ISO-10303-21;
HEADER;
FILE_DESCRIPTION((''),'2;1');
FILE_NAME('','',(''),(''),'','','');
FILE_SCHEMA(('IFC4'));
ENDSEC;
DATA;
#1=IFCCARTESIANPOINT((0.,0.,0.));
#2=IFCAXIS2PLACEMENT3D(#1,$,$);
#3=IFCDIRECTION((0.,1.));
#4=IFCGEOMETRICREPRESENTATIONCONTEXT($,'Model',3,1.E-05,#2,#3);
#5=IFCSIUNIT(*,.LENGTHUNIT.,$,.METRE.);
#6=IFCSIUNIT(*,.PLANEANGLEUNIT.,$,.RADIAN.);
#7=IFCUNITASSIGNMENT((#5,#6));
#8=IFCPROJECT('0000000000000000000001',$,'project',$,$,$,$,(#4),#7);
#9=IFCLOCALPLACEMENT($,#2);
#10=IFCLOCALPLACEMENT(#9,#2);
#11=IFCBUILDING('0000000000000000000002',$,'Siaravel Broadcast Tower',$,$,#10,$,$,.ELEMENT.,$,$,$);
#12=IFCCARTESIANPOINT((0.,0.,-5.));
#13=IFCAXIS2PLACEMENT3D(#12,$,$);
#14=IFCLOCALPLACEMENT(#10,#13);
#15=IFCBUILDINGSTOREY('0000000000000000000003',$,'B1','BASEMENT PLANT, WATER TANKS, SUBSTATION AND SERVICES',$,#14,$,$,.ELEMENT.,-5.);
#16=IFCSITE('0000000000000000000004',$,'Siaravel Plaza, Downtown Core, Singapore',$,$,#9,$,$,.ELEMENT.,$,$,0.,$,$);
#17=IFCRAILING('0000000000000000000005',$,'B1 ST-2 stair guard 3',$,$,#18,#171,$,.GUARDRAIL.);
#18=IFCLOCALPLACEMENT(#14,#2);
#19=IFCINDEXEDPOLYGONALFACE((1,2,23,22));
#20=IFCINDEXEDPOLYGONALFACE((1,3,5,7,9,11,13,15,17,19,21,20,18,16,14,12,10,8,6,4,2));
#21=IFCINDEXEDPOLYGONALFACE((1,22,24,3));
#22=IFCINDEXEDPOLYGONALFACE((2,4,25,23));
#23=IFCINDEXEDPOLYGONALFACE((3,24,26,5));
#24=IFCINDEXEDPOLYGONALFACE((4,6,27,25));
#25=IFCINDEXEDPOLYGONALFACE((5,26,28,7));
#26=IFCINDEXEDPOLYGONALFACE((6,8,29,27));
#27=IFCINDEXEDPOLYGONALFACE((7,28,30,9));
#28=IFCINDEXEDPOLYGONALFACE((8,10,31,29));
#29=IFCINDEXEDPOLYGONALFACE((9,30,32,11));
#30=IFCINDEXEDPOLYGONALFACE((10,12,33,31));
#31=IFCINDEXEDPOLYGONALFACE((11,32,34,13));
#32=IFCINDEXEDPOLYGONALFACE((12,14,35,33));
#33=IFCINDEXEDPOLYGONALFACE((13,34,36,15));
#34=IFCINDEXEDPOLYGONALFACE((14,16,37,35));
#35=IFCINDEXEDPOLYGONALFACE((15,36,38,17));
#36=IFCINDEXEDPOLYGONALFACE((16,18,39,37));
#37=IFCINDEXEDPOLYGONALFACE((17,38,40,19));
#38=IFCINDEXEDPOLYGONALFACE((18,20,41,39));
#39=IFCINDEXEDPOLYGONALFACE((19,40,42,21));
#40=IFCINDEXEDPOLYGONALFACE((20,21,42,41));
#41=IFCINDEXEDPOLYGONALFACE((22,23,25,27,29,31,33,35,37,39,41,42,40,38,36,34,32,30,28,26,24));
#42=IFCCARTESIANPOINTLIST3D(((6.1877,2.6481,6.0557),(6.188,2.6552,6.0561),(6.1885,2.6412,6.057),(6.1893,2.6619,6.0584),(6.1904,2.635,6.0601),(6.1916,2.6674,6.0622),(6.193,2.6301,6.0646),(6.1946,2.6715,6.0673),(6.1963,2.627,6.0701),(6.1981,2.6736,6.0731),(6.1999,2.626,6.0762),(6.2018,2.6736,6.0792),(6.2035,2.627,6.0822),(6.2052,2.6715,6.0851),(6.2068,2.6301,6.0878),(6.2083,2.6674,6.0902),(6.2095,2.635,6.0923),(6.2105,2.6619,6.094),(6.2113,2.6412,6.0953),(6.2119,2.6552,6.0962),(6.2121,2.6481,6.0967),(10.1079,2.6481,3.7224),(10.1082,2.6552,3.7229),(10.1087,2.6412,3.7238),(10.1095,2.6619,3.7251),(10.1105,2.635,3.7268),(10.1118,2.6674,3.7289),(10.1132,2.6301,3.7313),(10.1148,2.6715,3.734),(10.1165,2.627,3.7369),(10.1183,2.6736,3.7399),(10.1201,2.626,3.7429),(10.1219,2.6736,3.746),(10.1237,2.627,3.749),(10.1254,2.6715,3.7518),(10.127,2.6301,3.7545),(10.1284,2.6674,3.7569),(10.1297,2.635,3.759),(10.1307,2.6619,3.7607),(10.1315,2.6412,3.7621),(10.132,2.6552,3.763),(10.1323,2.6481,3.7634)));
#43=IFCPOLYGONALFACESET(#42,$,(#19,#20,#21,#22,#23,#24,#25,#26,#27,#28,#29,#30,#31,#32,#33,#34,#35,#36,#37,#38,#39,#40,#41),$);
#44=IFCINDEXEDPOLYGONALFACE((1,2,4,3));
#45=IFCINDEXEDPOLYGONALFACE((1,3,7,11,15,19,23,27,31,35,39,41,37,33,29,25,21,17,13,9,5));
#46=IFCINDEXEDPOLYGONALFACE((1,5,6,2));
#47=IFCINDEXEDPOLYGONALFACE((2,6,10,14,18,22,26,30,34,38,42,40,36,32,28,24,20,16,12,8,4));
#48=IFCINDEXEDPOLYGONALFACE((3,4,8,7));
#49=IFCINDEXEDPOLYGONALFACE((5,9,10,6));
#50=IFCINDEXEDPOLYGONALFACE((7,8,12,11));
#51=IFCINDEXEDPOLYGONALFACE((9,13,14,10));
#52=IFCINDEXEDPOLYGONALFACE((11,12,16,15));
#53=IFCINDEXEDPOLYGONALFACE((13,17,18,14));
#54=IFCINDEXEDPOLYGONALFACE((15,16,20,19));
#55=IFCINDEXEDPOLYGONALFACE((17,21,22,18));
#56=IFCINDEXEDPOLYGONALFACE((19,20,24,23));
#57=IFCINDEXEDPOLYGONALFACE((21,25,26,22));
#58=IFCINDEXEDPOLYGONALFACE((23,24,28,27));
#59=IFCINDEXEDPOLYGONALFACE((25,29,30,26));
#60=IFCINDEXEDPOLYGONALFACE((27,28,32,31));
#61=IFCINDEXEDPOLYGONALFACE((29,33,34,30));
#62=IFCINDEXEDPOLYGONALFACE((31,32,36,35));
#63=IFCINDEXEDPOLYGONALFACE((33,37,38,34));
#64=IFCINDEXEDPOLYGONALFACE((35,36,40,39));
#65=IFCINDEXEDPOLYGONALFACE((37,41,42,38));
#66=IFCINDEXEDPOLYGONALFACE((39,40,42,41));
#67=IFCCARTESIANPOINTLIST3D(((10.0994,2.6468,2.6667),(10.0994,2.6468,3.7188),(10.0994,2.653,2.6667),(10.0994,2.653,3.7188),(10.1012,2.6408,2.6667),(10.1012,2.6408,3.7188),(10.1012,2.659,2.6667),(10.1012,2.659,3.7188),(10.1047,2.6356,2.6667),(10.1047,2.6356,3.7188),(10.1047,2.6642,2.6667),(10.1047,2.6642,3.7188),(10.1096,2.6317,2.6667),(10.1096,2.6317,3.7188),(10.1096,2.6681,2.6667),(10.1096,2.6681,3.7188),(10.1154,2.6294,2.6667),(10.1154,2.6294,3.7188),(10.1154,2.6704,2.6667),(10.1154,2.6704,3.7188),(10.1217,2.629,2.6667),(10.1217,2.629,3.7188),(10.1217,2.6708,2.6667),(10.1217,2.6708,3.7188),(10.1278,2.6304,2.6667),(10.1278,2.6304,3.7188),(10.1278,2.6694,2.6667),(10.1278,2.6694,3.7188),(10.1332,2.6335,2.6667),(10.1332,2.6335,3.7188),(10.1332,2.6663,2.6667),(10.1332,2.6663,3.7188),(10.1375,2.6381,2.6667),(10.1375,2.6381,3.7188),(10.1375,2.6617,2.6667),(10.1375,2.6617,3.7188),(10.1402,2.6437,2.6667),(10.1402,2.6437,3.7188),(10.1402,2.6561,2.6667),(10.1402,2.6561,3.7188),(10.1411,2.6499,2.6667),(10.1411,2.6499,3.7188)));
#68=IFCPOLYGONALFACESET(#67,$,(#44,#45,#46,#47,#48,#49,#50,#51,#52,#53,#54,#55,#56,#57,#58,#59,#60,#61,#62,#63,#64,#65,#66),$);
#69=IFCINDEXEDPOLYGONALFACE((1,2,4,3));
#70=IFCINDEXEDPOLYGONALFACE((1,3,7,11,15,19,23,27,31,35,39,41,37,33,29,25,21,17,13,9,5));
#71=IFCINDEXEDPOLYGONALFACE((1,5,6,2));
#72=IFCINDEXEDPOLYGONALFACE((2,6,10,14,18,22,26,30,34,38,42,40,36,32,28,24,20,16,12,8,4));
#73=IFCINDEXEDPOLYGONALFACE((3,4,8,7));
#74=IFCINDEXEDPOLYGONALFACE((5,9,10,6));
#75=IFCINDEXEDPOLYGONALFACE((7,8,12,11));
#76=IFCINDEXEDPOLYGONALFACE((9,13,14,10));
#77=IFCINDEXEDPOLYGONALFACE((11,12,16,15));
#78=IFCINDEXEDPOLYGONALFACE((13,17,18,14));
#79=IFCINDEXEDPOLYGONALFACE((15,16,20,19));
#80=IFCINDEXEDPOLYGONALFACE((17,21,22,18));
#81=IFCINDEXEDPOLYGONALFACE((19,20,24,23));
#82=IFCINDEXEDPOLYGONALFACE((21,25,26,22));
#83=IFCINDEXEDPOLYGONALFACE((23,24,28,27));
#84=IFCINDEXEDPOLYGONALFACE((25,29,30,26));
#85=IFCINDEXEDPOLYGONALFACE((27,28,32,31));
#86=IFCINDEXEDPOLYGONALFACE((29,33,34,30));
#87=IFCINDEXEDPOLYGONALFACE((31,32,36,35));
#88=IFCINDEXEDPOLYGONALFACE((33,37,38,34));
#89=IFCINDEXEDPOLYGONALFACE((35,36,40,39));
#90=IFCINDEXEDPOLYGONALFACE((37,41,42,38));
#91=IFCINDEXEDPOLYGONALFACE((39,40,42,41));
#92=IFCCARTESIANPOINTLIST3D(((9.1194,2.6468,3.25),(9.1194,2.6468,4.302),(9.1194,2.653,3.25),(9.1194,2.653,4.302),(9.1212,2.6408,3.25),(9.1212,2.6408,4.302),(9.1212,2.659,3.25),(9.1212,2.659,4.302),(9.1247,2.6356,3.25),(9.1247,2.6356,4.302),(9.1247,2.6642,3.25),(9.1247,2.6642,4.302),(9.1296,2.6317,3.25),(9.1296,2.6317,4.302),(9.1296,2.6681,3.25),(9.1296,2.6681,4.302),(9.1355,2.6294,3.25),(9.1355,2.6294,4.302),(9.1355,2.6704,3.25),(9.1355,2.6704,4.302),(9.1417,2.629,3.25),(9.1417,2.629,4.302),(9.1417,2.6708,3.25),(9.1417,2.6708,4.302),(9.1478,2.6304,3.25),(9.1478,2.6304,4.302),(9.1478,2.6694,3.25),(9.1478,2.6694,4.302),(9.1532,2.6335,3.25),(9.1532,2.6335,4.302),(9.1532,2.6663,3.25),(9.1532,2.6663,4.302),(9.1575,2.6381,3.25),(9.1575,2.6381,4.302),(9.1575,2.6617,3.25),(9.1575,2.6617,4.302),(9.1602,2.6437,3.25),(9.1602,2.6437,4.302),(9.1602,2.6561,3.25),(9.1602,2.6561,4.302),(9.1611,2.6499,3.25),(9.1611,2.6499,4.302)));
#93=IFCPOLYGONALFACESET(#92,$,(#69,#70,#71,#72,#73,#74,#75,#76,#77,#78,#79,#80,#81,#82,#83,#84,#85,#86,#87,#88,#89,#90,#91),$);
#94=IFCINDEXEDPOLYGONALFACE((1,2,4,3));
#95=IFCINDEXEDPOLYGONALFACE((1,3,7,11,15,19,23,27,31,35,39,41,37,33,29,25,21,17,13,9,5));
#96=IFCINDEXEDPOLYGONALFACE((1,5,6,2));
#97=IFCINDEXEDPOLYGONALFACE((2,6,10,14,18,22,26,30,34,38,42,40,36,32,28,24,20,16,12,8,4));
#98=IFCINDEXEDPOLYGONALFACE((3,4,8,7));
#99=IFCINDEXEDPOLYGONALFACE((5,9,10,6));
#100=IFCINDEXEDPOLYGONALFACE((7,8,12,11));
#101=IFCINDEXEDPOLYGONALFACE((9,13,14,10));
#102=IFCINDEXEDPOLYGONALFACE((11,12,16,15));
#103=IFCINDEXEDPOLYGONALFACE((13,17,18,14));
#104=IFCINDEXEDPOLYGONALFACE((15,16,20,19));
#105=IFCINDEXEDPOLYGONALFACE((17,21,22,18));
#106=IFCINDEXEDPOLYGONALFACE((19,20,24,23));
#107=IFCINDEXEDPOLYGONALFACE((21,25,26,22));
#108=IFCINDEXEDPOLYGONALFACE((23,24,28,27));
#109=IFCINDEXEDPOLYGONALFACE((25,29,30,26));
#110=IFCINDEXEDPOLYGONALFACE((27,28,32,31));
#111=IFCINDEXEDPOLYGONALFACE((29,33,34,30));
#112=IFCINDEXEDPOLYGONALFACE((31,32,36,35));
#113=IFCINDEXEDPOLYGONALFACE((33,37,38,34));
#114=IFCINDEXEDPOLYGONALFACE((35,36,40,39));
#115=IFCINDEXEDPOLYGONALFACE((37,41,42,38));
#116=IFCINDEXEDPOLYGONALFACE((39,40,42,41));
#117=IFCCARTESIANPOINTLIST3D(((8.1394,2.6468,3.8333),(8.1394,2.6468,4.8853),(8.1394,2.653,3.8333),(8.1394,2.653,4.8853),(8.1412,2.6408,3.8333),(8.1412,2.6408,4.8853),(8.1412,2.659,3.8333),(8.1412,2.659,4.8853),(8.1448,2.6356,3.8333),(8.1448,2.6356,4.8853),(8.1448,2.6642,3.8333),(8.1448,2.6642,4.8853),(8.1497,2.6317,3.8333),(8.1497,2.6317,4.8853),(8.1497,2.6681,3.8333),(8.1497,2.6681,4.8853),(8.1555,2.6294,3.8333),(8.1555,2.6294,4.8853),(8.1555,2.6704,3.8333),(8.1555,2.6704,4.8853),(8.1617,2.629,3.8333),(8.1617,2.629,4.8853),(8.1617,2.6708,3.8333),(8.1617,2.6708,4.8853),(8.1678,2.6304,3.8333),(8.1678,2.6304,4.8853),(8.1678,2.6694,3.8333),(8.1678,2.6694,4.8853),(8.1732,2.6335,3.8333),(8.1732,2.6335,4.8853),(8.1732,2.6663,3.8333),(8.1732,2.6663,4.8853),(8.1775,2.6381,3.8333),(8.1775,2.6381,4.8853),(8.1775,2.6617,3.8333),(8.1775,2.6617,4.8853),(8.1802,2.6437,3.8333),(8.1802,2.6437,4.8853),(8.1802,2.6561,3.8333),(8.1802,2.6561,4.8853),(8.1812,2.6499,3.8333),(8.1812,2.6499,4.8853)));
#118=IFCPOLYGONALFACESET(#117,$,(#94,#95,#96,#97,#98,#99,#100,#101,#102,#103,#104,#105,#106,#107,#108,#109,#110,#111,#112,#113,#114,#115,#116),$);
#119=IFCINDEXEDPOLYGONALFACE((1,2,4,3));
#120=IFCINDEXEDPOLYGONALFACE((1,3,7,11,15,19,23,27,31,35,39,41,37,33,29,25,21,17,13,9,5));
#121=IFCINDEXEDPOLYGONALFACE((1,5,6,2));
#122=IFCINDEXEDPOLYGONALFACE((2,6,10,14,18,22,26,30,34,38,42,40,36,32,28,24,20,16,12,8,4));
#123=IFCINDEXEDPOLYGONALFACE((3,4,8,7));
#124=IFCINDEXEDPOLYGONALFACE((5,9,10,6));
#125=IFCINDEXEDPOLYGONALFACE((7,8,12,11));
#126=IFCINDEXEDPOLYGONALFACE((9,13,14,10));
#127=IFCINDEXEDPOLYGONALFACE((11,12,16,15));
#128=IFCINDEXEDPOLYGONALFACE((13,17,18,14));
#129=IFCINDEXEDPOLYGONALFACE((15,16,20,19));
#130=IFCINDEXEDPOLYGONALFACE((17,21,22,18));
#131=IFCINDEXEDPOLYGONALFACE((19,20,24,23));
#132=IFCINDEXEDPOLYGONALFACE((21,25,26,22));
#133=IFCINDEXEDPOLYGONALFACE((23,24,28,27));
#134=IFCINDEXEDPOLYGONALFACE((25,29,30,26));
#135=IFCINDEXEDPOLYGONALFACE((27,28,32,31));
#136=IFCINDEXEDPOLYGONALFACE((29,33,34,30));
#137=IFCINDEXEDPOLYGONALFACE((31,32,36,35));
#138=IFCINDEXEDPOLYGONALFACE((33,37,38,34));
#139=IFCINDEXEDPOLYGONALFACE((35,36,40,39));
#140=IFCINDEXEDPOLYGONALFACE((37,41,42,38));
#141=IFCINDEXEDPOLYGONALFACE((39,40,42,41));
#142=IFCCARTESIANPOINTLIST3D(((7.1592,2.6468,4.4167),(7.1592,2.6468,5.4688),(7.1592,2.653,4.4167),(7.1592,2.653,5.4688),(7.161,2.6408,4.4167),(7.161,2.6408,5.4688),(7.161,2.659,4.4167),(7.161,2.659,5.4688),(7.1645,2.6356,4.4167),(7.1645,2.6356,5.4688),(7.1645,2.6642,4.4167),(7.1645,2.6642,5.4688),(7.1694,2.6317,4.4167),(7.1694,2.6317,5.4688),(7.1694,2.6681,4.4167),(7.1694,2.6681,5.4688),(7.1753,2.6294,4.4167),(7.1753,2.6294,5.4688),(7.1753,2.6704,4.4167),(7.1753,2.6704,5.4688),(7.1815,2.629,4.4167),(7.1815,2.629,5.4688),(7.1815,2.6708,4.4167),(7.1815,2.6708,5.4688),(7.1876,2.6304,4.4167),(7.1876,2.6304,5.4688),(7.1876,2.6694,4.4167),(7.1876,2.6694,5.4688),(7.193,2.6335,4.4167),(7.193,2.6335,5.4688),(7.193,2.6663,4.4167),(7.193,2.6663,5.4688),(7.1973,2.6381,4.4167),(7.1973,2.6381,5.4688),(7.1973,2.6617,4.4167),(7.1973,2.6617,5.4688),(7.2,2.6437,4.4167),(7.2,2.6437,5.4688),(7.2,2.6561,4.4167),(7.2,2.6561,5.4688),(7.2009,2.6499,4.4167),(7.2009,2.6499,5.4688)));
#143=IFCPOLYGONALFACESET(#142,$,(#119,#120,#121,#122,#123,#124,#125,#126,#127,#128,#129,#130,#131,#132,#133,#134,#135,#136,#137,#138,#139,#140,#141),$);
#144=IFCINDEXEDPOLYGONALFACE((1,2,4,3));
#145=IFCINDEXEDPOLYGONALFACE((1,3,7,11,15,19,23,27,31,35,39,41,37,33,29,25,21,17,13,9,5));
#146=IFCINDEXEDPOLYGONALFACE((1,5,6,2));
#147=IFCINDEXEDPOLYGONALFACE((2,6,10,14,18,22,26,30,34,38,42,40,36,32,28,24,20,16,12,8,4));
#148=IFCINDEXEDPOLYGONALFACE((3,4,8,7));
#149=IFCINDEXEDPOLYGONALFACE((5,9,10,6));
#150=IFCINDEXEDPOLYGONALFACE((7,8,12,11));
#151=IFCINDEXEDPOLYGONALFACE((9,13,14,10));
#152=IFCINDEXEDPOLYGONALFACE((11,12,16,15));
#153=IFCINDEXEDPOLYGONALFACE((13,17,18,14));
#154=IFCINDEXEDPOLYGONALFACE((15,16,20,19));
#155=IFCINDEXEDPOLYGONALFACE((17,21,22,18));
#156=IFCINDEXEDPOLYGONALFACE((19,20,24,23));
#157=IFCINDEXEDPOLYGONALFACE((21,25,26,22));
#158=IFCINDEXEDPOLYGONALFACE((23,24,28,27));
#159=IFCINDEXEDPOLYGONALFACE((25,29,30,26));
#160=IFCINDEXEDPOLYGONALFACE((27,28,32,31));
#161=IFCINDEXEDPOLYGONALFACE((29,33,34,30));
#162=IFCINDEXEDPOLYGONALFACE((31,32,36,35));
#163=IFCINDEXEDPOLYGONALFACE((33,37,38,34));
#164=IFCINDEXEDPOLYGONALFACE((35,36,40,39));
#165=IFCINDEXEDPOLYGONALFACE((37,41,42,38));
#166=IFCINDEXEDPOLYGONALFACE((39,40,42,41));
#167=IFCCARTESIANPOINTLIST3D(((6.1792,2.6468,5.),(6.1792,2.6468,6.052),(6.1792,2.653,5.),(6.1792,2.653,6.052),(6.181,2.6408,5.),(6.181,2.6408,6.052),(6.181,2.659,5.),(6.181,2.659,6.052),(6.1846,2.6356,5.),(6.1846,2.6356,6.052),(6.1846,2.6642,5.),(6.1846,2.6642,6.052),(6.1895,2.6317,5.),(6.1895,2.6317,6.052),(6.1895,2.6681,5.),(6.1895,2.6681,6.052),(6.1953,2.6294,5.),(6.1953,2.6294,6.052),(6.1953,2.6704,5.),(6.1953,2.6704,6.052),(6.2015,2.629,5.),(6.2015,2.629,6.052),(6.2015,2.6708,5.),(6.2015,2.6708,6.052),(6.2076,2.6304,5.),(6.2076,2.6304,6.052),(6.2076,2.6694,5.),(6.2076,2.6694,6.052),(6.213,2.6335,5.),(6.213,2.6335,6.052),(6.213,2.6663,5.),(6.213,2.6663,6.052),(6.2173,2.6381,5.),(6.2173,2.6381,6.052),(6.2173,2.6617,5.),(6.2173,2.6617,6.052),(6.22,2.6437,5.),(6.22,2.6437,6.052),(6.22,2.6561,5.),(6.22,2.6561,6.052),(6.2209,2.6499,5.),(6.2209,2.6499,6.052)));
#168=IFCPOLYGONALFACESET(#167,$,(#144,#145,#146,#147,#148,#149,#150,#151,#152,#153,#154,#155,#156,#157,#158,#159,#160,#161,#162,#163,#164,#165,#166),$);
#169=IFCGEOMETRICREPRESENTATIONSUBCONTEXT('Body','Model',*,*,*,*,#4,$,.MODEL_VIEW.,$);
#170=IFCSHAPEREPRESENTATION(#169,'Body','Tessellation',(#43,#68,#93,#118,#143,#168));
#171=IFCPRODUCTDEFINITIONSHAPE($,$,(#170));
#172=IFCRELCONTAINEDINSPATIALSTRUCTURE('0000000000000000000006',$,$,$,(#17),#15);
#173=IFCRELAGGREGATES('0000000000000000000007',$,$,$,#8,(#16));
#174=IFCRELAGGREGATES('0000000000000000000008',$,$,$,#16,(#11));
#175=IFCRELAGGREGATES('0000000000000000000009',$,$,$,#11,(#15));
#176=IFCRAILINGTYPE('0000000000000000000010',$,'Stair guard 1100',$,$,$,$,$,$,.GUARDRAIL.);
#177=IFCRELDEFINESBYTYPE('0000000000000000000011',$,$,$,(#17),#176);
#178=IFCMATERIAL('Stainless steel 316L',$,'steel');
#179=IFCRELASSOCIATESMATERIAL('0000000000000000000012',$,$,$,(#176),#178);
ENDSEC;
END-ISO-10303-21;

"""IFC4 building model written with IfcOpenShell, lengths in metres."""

from ifc_helpers import new_model, si_unit, direction, frame, origin, origin_2d, place, context, subcontext, project, spatial, circle, extrude, material, type_object, element, save


model = new_model("IFC4")

# Units and contexts
model_context = context("Model", 3, precision=1e-05, world=origin(), true_north=direction((0.0, 1.0)))
body_context = subcontext(model_context, "Body", "Model", "MODEL_VIEW")
ifc_project = project(units=[si_unit("LENGTHUNIT", "METRE"), si_unit("PLANEANGLEUNIT", "RADIAN")], contexts=[model_context])

# Site, building, storey
site_placement = place(None, origin())
site = spatial("IfcSite", under=ifc_project, at=site_placement, Name="Siaravel Plaza, Downtown Core, Singapore", CompositionType="ELEMENT", RefElevation=0.0)
building_placement = place(site_placement, origin())
building = spatial("IfcBuilding", under=site, at=building_placement, Name="Siaravel Broadcast Tower", CompositionType="ELEMENT")
storey_placement = place(building_placement, frame((0.0, 0.0, -5.0)))
storey = spatial("IfcBuildingStorey", under=building, at=storey_placement, Name="B1", Description="BASEMENT PLANT, WATER TANKS, SUBSTATION AND SERVICES", CompositionType="ELEMENT", Elevation=-5.0)

# Railing
ifc_material_1 = material(Name="Stainless steel 316L", Category="steel")
railing_type_1 = type_object("IfcRailingType", Name="Stair guard 1100", PredefinedType="GUARDRAIL", material=ifc_material_1)
railing_1_placement = place(storey_placement, frame((10.1201, 2.6499, 2.6667)))
element("IfcRailing", 1, at=railing_1_placement, inside=storey, type_object=railing_type_1, Name="B1 ST-2 stair guard 3", PredefinedType="GUARDRAIL", context=body_context, shape_type="SweptSolid", body=[
    extrude(circle(Radius=0.0239, at=origin_2d()), frame((0.0, 0.0, 1.0762), z_axis=(-0.85931, 0.0, 0.511455), x_axis=(0.0, -1.0, 0.0)), (0.0, 0.0, 1.0), 4.562),
    extrude(circle(Radius=0.021, at=origin_2d()), origin(), (0.0, 0.0, 1.0), 1.052),
    extrude(circle(Radius=0.021, at=origin_2d()), frame((-0.98, 0.0, 0.5833)), (0.0, 0.0, 1.0), 1.052),
    extrude(circle(Radius=0.021, at=origin_2d()), frame((-1.96, 0.0, 1.1665)), (0.0, 0.0, 1.0), 1.052),
    extrude(circle(Radius=0.021, at=origin_2d()), frame((-2.9402, 0.0, 1.75)), (0.0, 0.0, 1.0), 1.052),
    extrude(circle(Radius=0.021, at=origin_2d()), frame((-3.9202, 0.0, 2.3333)), (0.0, 0.0, 1.0), 1.052),
])

save(model, "model.ifc")
